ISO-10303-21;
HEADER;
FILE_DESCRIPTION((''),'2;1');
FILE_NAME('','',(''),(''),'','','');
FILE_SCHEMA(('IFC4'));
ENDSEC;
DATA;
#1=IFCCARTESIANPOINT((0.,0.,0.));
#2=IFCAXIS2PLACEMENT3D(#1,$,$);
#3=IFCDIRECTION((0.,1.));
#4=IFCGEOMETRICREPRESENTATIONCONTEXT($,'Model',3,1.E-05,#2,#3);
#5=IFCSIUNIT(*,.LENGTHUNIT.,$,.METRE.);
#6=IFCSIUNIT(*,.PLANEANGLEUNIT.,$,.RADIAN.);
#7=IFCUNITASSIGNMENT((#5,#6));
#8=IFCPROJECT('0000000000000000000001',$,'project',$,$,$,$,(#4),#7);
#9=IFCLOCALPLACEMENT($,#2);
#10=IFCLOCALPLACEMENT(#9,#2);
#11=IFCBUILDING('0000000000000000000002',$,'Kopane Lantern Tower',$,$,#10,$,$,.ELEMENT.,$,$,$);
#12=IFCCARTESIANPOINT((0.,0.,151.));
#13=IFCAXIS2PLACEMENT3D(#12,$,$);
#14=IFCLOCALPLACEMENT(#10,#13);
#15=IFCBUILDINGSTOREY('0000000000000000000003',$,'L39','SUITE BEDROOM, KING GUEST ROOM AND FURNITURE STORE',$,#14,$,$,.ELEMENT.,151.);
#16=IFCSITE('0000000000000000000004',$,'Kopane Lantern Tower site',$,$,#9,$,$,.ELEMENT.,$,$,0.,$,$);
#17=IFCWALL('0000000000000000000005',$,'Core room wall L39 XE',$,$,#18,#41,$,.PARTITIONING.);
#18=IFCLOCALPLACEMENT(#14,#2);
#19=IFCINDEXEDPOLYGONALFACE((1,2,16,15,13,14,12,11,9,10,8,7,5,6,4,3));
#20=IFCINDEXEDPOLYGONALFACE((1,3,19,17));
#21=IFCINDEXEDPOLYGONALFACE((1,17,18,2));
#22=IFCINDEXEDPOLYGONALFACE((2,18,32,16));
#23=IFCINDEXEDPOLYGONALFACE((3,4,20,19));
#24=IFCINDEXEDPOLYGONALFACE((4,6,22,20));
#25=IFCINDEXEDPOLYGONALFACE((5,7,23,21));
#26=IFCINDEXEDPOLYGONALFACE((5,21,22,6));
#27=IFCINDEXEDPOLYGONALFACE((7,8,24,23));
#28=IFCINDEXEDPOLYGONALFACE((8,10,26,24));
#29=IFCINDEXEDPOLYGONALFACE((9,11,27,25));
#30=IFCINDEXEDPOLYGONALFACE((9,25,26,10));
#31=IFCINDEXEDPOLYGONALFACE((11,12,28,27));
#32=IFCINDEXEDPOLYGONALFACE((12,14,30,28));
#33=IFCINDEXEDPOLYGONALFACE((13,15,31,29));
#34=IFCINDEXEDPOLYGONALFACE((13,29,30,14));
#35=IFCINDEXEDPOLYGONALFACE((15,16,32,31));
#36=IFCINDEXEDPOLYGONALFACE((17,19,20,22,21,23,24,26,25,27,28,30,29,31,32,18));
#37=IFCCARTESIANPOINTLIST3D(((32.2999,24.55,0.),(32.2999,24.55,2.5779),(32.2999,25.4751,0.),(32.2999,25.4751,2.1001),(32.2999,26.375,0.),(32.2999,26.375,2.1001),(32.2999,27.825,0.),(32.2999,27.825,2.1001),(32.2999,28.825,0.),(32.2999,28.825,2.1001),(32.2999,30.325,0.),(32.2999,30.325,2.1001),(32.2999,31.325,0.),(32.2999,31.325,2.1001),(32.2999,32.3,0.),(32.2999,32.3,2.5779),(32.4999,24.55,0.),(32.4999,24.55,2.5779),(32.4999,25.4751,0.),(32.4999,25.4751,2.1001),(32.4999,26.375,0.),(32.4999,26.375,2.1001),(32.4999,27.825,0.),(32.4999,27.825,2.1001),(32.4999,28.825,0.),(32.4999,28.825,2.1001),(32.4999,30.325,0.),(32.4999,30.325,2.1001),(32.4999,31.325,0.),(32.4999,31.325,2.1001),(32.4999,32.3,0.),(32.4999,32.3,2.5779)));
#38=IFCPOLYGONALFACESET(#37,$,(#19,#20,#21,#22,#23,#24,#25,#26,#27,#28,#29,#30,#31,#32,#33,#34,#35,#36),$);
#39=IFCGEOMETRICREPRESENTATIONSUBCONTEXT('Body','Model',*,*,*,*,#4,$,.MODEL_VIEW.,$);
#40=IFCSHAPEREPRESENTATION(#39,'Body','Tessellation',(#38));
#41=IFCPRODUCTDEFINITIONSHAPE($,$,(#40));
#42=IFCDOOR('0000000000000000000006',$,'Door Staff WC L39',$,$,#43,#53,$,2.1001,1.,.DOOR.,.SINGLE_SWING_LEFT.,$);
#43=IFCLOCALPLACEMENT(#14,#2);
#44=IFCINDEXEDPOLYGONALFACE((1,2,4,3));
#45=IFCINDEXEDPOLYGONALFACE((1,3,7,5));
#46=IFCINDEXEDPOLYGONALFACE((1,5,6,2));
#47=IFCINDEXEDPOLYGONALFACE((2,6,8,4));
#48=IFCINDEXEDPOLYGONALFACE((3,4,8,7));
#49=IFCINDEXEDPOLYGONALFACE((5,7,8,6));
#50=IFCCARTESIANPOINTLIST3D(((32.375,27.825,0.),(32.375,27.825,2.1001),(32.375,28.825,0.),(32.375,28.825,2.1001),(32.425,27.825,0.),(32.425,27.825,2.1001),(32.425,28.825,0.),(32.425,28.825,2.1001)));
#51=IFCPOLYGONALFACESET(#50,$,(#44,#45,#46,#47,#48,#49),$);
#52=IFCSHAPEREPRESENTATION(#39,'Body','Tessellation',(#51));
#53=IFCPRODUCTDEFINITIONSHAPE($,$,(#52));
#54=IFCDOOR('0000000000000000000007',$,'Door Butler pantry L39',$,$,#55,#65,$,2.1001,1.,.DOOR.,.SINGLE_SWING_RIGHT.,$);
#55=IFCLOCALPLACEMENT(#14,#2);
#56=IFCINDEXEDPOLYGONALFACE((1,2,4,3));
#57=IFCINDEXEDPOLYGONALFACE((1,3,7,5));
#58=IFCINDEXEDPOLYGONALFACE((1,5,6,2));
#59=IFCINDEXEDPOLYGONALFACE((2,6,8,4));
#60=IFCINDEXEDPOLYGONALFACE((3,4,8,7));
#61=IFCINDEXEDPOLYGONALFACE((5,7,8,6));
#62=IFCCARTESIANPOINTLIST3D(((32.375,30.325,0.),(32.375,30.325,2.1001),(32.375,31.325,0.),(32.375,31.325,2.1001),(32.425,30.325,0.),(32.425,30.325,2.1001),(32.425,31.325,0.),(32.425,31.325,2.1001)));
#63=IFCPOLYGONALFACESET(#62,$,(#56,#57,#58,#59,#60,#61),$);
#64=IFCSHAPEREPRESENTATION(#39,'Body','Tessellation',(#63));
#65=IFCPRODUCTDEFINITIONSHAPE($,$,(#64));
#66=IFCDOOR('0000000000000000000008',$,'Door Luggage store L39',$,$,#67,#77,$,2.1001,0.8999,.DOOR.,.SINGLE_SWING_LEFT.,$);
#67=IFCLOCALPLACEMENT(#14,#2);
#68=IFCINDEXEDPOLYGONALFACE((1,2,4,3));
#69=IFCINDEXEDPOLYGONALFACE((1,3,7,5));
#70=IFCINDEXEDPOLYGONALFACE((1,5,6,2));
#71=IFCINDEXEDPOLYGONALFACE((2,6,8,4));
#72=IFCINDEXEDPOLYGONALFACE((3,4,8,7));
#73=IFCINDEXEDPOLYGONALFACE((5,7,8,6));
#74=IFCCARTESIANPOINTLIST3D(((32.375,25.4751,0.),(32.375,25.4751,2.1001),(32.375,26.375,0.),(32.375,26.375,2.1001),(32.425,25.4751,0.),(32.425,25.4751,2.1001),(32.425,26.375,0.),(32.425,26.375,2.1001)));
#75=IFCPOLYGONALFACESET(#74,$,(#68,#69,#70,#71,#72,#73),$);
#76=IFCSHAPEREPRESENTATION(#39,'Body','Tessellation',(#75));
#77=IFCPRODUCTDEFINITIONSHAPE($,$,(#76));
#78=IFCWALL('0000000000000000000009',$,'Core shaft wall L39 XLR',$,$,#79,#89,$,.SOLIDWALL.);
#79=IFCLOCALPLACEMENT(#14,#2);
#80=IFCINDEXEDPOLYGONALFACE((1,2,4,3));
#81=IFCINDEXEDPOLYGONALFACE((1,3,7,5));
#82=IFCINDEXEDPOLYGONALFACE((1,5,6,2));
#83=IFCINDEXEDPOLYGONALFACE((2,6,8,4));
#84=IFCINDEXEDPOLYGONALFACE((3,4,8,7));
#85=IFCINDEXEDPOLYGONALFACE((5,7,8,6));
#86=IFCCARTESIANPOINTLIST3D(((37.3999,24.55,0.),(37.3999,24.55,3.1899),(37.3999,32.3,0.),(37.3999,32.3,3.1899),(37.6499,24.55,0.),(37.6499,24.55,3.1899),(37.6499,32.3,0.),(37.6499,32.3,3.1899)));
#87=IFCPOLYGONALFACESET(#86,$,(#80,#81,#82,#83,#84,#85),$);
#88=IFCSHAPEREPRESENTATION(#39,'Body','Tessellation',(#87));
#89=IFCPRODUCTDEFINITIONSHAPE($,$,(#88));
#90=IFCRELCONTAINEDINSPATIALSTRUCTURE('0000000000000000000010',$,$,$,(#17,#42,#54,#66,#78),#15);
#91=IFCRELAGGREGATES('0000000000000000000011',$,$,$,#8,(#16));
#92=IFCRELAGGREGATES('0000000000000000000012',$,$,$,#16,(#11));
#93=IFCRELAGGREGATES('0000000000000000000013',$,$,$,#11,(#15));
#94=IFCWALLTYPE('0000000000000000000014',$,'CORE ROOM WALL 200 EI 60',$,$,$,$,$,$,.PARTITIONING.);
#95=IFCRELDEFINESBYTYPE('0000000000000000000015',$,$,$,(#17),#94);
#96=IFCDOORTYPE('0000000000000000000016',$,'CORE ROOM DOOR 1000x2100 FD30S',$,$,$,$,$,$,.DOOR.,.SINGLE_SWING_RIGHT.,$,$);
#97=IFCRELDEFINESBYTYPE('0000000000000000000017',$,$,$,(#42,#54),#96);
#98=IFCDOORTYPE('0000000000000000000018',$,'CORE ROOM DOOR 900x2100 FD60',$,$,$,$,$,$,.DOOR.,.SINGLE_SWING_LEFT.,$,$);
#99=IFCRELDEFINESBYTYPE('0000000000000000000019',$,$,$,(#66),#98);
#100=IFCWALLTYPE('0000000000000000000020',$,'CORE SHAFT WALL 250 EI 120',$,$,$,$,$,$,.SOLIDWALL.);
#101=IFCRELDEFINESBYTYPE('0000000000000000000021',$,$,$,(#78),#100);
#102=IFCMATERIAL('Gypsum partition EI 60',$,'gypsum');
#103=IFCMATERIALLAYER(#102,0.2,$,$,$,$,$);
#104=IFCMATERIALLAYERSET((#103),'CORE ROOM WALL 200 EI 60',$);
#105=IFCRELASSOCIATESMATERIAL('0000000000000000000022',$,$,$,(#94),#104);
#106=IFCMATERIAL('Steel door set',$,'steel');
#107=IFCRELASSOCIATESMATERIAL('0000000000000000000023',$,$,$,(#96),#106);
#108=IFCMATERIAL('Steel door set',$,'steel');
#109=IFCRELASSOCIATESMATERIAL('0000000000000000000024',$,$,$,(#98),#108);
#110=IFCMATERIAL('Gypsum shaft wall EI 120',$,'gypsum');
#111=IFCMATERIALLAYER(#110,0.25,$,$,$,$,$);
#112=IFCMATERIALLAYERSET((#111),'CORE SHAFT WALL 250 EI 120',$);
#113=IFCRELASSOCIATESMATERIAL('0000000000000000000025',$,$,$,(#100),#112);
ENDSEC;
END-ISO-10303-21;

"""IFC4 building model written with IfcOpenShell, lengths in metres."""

from ifc_helpers import new_model, si_unit, direction, frame, frame_2d, origin, place, context, subcontext, project, spatial, rectangle, extrude, material, layer, layer_set, type_object, element, fill, save


model = new_model("IFC4")

# Units and contexts
model_context = context("Model", 3, precision=1e-05, world=origin(), true_north=direction((0.0, 1.0)))
body_context = subcontext(model_context, "Body", "Model", "MODEL_VIEW")
ifc_project = project(units=[si_unit("LENGTHUNIT", "METRE"), si_unit("PLANEANGLEUNIT", "RADIAN")], contexts=[model_context])

# Site, building, storey
site_placement = place(None, origin())
site = spatial("IfcSite", under=ifc_project, at=site_placement, Name="Kopane Lantern Tower site", CompositionType="ELEMENT", RefElevation=0.0)
building_placement = place(site_placement, origin())
building = spatial("IfcBuilding", under=site, at=building_placement, Name="Kopane Lantern Tower", CompositionType="ELEMENT")
storey_placement = place(building_placement, frame((0.0, 0.0, 151.0)))
storey = spatial("IfcBuildingStorey", under=building, at=storey_placement, Name="L39", Description="SUITE BEDROOM, KING GUEST ROOM AND FURNITURE STORE", CompositionType="ELEMENT", Elevation=151.0)

# Wall, openings, doors
ifc_material_1 = material(Name="Gypsum partition EI 60", Category="gypsum")
ifc_layer_1 = layer(ifc_material_1, 0.2)
ifc_layer_set_1 = layer_set([ifc_layer_1], Name="CORE ROOM WALL 200 EI 60")
wall_type_1 = type_object("IfcWallType", Name="CORE ROOM WALL 200 EI 60", PredefinedType="PARTITIONING", material=ifc_layer_set_1)
wall_1_placement = place(storey_placement, frame((32.3999, 24.55, 0.0), z_axis=(0.0, 0.0, 1.0), x_axis=(0.0, 1.0, 0.0)))
wall_1 = element("IfcWall", 1, at=wall_1_placement, inside=storey, type_object=wall_type_1, Name="Core room wall L39 XE", PredefinedType="PARTITIONING", context=body_context, shape_type="SweptSolid", body=[
    extrude(rectangle(XDim=7.75, YDim=0.2, at=frame_2d((3.875, 0.0))), origin(), (0.0, 0.0, 1.0), 2.5779),
])
opening_1_placement = place(wall_1_placement, frame((0.925, 0.0, 0.0)))
opening_1 = element("IfcOpeningElement", 2, at=opening_1_placement, cuts=wall_1, PredefinedType="OPENING", context=body_context, shape_type="SweptSolid", body=[
    extrude(rectangle(XDim=0.8999, YDim=2.1001, at=frame_2d((0.45, 1.05))), frame((0.0, 0.1099, 0.0), z_axis=(0.0, -1.0, 0.0), x_axis=(1.0, 0.0, 0.0)), (0.0, 0.0, 1.0), 0.22),
])
opening_2_placement = place(wall_1_placement, frame((3.2749, 0.0, 0.0)))
opening_2 = element("IfcOpeningElement", 3, at=opening_2_placement, cuts=wall_1, PredefinedType="OPENING", context=body_context, shape_type="SweptSolid", body=[
    extrude(rectangle(XDim=1.0, YDim=2.1001, at=frame_2d((0.5, 1.05))), frame((0.0, 0.1099, 0.0), z_axis=(0.0, -1.0, 0.0), x_axis=(1.0, 0.0, 0.0)), (0.0, 0.0, 1.0), 0.22),
])
opening_3_placement = place(wall_1_placement, frame((5.7749, 0.0, 0.0)))
opening_3 = element("IfcOpeningElement", 4, at=opening_3_placement, cuts=wall_1, PredefinedType="OPENING", context=body_context, shape_type="SweptSolid", body=[
    extrude(rectangle(XDim=1.0, YDim=2.1001, at=frame_2d((0.5, 1.05))), frame((0.0, 0.1099, 0.0), z_axis=(0.0, -1.0, 0.0), x_axis=(1.0, 0.0, 0.0)), (0.0, 0.0, 1.0), 0.22),
])
ifc_material_2 = material(Name="Steel door set", Category="steel")
door_type_1 = type_object("IfcDoorType", Name="CORE ROOM DOOR 1000x2100 FD30S", OperationType="SINGLE_SWING_RIGHT", PredefinedType="DOOR", material=ifc_material_2)
door_1_placement = place(opening_2_placement, origin())
door_1 = element("IfcDoor", 5, at=door_1_placement, inside=storey, type_object=door_type_1, Name="Door Staff WC L39", OperationType="SINGLE_SWING_LEFT", OverallHeight=2.1001, OverallWidth=1.0, PredefinedType="DOOR", context=body_context, shape_type="SweptSolid", body=[
    extrude(rectangle(XDim=1.0, YDim=2.1001, at=frame_2d((0.5, 1.05))), frame((0.0, 0.0249, 0.0), z_axis=(0.0, -1.0, 0.0), x_axis=(1.0, 0.0, 0.0)), (0.0, 0.0, 1.0), 0.05),
])
fill(opening_2, door_1)
door_2_placement = place(opening_3_placement, origin())
door_2 = element("IfcDoor", 6, at=door_2_placement, inside=storey, type_object=door_type_1, Name="Door Butler pantry L39", OperationType="SINGLE_SWING_RIGHT", OverallHeight=2.1001, OverallWidth=1.0, PredefinedType="DOOR", context=body_context, shape_type="SweptSolid", body=[
    extrude(rectangle(XDim=1.0, YDim=2.1001, at=frame_2d((0.5, 1.05))), frame((0.0, 0.0249, 0.0), z_axis=(0.0, -1.0, 0.0), x_axis=(1.0, 0.0, 0.0)), (0.0, 0.0, 1.0), 0.05),
])
fill(opening_3, door_2)
ifc_material_3 = material(Name="Steel door set", Category="steel")
door_type_2 = type_object("IfcDoorType", Name="CORE ROOM DOOR 900x2100 FD60", OperationType="SINGLE_SWING_LEFT", PredefinedType="DOOR", material=ifc_material_3)
door_3_placement = place(opening_1_placement, origin())
door_3 = element("IfcDoor", 7, at=door_3_placement, inside=storey, type_object=door_type_2, Name="Door Luggage store L39", OperationType="SINGLE_SWING_LEFT", OverallHeight=2.1001, OverallWidth=0.8999, PredefinedType="DOOR", context=body_context, shape_type="SweptSolid", body=[
    extrude(rectangle(XDim=0.8999, YDim=2.1001, at=frame_2d((0.45, 1.05))), frame((0.0, 0.0249, 0.0), z_axis=(0.0, -1.0, 0.0), x_axis=(1.0, 0.0, 0.0)), (0.0, 0.0, 1.0), 0.05),
])
fill(opening_1, door_3)

# Wall
ifc_material_4 = material(Name="Gypsum shaft wall EI 120", Category="gypsum")
ifc_layer_2 = layer(ifc_material_4, 0.25)
ifc_layer_set_2 = layer_set([ifc_layer_2], Name="CORE SHAFT WALL 250 EI 120")
wall_type_2 = type_object("IfcWallType", Name="CORE SHAFT WALL 250 EI 120", PredefinedType="SOLIDWALL", material=ifc_layer_set_2)
wall_2_placement = place(storey_placement, frame((37.5249, 24.55, 0.0), z_axis=(0.0, 0.0, 1.0), x_axis=(0.0, 1.0, 0.0)))
element("IfcWall", 8, at=wall_2_placement, inside=storey, type_object=wall_type_2, Name="Core shaft wall L39 XLR", PredefinedType="SOLIDWALL", context=body_context, shape_type="SweptSolid", body=[
    extrude(rectangle(XDim=7.75, YDim=0.25, at=frame_2d((3.875, 0.0))), origin(), (0.0, 0.0, 1.0), 3.1899),
])

save(model, "model.ifc")
